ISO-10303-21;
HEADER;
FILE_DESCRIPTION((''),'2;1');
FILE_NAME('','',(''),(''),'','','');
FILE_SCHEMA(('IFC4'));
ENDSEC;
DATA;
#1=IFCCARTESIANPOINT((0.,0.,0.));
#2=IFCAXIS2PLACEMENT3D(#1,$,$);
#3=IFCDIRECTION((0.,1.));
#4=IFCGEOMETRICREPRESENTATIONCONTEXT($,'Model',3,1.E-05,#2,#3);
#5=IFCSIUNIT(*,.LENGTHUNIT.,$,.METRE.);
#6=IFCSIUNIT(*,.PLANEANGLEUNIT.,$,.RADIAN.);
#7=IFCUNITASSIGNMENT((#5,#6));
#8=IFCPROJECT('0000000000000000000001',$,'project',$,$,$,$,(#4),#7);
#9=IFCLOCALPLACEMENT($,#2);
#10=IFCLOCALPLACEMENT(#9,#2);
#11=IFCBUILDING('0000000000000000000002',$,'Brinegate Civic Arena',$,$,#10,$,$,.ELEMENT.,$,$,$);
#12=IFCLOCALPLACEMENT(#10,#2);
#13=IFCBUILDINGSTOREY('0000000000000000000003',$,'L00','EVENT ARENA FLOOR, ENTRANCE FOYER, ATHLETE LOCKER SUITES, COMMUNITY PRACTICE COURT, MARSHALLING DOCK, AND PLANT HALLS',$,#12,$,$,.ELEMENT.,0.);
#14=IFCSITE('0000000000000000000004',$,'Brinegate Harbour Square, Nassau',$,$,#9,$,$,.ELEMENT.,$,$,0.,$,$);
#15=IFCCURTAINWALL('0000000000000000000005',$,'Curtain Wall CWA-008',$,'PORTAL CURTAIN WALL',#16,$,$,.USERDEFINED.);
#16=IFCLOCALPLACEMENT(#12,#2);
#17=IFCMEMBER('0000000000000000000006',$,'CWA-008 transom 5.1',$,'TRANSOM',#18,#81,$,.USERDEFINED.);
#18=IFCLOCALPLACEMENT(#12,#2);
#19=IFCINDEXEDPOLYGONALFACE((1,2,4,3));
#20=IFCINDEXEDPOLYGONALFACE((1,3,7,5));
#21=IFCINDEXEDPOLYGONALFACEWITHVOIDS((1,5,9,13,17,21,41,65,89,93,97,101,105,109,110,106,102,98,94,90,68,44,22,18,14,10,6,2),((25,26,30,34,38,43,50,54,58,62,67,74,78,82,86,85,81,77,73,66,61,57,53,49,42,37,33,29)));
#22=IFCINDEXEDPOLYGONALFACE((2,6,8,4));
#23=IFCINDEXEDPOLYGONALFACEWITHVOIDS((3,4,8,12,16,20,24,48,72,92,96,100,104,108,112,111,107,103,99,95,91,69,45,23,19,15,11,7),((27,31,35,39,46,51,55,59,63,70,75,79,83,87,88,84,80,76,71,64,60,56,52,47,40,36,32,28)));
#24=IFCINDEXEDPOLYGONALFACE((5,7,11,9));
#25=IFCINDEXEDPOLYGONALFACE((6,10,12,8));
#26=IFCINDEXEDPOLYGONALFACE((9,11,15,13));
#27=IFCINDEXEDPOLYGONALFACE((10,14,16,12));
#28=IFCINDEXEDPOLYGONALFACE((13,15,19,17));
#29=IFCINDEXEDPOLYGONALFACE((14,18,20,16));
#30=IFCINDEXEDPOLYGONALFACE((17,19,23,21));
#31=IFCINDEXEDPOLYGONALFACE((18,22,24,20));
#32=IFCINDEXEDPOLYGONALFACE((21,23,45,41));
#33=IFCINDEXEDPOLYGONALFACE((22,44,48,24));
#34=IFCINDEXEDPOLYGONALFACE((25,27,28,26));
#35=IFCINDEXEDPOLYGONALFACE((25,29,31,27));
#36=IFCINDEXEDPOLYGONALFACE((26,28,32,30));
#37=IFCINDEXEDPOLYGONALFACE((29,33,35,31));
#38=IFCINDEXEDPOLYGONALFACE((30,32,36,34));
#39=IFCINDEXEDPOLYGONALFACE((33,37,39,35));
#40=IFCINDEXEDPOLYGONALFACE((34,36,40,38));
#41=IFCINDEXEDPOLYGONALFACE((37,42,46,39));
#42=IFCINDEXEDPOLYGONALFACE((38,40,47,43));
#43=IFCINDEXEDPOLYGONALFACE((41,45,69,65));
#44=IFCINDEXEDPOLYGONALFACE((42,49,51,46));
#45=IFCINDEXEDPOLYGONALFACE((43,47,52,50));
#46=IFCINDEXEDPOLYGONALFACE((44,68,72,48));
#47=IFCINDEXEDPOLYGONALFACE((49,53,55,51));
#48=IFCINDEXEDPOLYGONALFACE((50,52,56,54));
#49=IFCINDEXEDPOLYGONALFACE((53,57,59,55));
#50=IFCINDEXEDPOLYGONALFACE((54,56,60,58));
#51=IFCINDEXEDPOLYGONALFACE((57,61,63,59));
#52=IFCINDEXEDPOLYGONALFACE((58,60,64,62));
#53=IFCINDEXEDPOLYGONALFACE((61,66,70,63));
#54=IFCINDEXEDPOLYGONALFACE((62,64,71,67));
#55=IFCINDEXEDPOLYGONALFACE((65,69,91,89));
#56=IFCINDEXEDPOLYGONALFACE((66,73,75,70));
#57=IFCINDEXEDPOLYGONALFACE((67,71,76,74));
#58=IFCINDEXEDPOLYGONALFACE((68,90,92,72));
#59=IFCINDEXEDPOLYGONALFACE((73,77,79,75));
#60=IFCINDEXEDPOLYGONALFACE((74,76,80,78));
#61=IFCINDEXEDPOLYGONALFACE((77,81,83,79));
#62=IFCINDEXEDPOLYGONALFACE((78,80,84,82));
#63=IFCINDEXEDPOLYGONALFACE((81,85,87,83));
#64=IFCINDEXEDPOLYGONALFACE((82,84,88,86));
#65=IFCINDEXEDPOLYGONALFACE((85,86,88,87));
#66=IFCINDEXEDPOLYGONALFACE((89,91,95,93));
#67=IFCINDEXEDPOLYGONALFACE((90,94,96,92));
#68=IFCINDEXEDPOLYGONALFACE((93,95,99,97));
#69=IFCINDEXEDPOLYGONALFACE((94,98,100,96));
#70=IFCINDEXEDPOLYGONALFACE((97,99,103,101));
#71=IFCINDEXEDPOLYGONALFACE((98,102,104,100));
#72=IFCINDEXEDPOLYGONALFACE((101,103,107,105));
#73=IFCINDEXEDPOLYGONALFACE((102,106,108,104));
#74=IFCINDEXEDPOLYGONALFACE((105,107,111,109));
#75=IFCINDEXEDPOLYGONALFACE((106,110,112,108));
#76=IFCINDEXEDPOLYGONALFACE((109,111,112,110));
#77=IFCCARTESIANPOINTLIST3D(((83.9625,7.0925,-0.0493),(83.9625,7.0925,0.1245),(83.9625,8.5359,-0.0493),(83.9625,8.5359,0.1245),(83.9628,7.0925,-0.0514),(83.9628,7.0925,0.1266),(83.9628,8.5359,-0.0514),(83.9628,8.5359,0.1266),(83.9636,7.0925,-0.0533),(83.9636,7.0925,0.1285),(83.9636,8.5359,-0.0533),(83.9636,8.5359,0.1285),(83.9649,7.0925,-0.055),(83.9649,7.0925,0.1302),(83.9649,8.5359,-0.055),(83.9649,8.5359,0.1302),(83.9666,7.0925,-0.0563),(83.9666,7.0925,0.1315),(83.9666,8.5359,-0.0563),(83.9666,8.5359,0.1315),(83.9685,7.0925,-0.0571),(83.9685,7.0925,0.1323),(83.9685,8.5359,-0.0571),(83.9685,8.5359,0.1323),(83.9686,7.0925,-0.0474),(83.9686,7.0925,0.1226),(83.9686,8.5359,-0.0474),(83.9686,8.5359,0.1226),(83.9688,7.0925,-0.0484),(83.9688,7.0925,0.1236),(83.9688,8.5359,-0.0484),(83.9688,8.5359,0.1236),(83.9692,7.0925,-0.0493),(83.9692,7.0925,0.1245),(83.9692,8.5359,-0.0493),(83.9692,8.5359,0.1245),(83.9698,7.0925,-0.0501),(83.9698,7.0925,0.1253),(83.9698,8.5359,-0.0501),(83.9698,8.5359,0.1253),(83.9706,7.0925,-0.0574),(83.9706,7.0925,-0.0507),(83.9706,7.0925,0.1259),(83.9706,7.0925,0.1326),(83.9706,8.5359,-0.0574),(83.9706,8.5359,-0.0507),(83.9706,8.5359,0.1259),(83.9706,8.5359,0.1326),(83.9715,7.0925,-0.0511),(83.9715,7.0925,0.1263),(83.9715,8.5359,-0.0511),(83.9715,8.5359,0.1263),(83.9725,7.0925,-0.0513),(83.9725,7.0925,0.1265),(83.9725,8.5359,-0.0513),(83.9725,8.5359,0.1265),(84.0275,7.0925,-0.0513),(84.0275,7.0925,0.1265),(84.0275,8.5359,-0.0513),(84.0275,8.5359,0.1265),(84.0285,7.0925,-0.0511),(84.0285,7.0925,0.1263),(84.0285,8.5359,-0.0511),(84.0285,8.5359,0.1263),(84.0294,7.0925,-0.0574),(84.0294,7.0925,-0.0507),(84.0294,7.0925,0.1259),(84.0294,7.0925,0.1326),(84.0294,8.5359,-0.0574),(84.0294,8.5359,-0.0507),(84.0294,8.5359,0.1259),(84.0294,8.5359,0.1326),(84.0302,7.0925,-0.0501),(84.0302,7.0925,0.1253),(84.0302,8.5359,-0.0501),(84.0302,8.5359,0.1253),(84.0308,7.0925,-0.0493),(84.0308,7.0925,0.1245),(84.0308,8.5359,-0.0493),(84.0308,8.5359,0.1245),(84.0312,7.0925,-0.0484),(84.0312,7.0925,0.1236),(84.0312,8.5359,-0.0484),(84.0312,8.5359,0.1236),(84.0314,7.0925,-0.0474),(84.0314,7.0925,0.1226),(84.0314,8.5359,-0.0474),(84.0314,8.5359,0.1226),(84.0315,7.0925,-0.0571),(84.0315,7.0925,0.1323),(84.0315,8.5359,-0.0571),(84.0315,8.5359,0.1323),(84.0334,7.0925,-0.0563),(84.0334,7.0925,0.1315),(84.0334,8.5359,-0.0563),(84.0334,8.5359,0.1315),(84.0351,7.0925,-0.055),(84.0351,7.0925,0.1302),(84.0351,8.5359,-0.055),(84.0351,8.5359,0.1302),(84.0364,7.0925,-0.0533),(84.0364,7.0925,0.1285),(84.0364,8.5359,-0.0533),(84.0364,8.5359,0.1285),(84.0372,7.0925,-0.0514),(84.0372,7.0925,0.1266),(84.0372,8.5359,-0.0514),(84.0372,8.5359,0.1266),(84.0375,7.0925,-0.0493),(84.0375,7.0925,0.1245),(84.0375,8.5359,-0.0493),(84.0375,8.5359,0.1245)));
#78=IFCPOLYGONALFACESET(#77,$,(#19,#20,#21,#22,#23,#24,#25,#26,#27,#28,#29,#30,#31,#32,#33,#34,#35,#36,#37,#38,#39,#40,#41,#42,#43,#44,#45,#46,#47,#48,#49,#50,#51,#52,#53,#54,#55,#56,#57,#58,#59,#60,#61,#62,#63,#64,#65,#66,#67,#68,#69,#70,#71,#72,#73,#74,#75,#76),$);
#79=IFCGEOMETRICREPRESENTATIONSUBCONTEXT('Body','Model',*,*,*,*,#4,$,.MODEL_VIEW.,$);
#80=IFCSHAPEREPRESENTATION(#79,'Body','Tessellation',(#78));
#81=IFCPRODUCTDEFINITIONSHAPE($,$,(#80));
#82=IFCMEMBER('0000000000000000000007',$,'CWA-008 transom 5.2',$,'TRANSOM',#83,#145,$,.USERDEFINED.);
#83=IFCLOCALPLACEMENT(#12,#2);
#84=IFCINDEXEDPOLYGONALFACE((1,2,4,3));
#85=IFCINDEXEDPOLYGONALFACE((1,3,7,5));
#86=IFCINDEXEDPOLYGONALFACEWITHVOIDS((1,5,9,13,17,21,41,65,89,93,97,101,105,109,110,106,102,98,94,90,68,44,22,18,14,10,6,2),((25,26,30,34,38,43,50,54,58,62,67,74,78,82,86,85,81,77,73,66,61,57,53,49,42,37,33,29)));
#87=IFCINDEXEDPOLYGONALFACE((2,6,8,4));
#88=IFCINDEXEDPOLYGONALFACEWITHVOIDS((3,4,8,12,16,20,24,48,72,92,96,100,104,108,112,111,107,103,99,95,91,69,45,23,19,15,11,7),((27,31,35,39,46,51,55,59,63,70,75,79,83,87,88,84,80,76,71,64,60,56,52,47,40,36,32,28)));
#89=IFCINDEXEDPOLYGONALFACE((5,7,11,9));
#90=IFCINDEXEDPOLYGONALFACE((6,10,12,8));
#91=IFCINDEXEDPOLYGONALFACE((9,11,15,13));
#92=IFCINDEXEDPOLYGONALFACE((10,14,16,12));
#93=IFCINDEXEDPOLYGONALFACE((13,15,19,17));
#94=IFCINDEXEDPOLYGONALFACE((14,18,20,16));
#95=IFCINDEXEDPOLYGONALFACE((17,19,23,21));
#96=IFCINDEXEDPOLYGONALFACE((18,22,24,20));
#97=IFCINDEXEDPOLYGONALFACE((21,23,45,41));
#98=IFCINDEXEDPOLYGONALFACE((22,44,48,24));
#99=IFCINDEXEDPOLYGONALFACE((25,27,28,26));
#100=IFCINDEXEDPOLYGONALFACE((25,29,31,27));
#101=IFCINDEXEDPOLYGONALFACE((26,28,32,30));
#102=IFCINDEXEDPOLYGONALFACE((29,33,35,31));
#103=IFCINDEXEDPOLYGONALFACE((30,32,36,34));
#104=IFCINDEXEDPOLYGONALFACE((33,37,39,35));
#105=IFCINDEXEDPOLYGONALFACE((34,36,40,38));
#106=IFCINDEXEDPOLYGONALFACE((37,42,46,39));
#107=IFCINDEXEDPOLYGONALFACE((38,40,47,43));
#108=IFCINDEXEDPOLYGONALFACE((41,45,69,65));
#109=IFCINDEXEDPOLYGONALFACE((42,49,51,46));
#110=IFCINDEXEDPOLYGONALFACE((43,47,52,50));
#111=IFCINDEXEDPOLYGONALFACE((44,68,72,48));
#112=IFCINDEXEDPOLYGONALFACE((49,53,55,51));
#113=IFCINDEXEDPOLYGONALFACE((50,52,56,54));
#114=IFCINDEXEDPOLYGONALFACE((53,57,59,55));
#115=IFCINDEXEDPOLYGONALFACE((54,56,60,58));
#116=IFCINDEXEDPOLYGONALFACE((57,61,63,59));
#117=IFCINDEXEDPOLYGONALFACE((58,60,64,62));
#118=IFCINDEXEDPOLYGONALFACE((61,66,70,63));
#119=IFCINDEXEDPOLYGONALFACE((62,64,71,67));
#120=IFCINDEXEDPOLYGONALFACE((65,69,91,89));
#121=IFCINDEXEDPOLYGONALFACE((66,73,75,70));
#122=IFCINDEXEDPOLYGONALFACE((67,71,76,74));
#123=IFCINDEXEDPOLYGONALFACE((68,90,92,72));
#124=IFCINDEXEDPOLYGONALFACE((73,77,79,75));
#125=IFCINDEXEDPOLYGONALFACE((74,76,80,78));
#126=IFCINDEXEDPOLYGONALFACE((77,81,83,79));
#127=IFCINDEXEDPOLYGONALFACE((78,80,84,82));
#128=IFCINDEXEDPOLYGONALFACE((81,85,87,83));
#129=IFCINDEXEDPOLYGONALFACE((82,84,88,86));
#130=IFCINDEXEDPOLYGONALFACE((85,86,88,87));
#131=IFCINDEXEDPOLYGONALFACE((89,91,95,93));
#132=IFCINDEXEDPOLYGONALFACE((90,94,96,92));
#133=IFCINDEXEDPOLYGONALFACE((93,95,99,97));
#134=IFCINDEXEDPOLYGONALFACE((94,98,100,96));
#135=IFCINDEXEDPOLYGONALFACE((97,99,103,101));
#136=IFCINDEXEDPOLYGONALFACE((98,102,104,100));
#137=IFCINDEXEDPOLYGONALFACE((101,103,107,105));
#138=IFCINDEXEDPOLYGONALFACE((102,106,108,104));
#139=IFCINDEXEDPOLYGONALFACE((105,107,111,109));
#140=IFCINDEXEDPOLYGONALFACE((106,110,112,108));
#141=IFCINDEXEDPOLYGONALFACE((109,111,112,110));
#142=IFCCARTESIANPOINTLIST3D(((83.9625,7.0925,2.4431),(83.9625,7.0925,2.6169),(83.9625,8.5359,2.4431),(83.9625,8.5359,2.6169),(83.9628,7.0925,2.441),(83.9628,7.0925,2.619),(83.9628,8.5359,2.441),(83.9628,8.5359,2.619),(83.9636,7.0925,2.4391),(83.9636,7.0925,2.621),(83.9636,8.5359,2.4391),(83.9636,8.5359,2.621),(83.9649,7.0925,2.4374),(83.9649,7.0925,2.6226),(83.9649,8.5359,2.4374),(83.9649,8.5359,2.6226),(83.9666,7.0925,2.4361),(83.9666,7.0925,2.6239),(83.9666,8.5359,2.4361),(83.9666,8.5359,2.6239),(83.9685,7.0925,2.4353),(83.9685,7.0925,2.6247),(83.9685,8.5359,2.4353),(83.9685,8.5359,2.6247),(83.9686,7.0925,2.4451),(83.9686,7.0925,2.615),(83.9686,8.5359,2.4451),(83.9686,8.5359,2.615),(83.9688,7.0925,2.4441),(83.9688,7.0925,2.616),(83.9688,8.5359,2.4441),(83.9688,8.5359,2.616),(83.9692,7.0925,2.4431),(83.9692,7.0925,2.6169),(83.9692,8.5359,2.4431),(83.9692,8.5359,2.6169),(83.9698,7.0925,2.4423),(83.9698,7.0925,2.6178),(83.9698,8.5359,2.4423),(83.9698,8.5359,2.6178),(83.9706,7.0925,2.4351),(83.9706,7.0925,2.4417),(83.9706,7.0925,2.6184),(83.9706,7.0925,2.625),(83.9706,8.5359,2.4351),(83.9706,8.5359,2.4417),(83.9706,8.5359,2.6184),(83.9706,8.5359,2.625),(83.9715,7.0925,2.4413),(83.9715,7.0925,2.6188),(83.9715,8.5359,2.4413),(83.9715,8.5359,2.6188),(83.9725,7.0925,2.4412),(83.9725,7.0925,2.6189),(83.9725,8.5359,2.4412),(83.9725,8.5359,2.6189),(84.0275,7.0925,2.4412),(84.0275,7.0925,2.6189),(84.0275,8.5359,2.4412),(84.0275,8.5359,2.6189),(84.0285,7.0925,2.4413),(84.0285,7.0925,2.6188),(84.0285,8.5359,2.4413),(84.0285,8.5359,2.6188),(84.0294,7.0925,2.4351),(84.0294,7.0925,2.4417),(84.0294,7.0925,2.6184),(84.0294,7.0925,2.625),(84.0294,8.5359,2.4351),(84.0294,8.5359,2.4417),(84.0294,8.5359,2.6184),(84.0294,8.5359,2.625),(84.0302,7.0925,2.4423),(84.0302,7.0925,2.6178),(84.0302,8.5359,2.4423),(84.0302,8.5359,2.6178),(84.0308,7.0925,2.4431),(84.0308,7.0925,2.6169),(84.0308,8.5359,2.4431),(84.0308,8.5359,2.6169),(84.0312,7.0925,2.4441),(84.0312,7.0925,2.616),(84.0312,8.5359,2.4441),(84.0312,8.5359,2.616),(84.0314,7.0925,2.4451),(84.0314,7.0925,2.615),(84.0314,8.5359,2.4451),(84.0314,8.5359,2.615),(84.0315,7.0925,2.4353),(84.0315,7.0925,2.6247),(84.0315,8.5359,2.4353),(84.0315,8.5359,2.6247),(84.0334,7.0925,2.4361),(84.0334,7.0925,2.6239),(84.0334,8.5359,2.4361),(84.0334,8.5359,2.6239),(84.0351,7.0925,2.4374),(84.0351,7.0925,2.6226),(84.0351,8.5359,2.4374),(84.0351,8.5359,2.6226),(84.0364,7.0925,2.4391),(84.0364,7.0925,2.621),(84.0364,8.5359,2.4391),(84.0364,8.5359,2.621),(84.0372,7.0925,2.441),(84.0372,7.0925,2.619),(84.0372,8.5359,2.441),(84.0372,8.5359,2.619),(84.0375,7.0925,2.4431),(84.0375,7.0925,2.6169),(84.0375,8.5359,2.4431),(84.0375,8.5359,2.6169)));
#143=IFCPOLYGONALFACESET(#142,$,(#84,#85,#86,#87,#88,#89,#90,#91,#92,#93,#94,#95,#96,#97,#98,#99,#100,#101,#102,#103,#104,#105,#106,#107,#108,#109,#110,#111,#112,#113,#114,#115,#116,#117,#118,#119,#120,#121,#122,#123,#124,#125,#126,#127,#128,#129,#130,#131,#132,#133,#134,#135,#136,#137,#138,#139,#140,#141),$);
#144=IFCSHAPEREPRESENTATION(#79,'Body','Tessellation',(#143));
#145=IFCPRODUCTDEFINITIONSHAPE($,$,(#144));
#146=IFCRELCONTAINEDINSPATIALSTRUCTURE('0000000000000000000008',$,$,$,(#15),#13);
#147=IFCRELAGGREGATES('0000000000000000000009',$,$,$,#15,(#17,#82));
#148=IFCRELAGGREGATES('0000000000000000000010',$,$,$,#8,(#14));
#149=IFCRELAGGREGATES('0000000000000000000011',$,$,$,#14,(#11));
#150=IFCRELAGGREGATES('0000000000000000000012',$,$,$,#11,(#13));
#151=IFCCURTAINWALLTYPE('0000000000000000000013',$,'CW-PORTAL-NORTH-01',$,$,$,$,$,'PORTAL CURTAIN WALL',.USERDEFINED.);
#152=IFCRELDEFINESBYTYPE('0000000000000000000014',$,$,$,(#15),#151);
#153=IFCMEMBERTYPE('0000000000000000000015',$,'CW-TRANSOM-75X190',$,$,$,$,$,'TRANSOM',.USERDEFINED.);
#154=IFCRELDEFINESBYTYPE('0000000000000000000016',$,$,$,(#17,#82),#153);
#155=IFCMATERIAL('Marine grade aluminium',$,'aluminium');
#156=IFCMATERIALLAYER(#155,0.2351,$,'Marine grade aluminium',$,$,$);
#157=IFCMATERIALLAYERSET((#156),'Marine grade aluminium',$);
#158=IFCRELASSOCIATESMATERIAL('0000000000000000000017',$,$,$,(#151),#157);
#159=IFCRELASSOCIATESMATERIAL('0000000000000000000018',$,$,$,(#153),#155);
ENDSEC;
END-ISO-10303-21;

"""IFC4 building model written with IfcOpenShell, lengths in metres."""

from ifc_helpers import new_model, si_unit, direction, frame, origin, origin_2d, place, context, subcontext, project, spatial, hollow_rectangle, extrude, material, layer, layer_set, material_profile, profile_set, type_object, element, aggregate, save


model = new_model("IFC4")

# Units and contexts
model_context = context("Model", 3, precision=1e-05, world=origin(), true_north=direction((0.0, 1.0)))
body_context = subcontext(model_context, "Body", "Model", "MODEL_VIEW")
ifc_project = project(units=[si_unit("LENGTHUNIT", "METRE"), si_unit("PLANEANGLEUNIT", "RADIAN")], contexts=[model_context])

# Site, building, storey
site_placement = place(None, origin())
site = spatial("IfcSite", under=ifc_project, at=site_placement, Name="Brinegate Harbour Square, Nassau", CompositionType="ELEMENT", RefElevation=0.0)
building_placement = place(site_placement, origin())
building = spatial("IfcBuilding", under=site, at=building_placement, Name="Brinegate Civic Arena", CompositionType="ELEMENT")
storey_placement = place(building_placement, origin())
storey = spatial("IfcBuildingStorey", under=building, at=storey_placement, Name="L00", Description="EVENT ARENA FLOOR, ENTRANCE FOYER, ATHLETE LOCKER SUITES, COMMUNITY PRACTICE COURT, MARSHALLING DOCK, AND PLANT HALLS", CompositionType="ELEMENT", Elevation=0.0)

# Curtain wall, members
ifc_material_1 = material(Name="Marine grade aluminium", Category="aluminium")
ifc_layer_1 = layer(ifc_material_1, 0.2351, Name="Marine grade aluminium")
ifc_layer_set_1 = layer_set([ifc_layer_1], Name="Marine grade aluminium")
curtain_wall_type = type_object("IfcCurtainWallType", Name="CW-PORTAL-NORTH-01", ElementType="PORTAL CURTAIN WALL", PredefinedType="USERDEFINED", material=ifc_layer_set_1)
curtain_wall_placement = place(storey_placement, origin())
curtain_wall = element("IfcCurtainWall", 1, at=curtain_wall_placement, inside=storey, type_object=curtain_wall_type, Name="Curtain Wall CWA-008", ObjectType="PORTAL CURTAIN WALL", PredefinedType="USERDEFINED")
ifc_material_profile_1 = material_profile(ifc_material_1, hollow_rectangle(XDim=0.075, YDim=0.1899, WallThickness=0.0061, InnerFilletRadius=0.0039, OuterFilletRadius=0.0081, at=origin_2d()), Name="TRN75X190")
ifc_profile_set_1 = profile_set([ifc_material_profile_1], Name="Marine grade aluminium")
member_type_1 = type_object("IfcMemberType", Name="CW-TRANSOM-75X190", ElementType="TRANSOM", PredefinedType="USERDEFINED", material=ifc_profile_set_1)
member_1_placement = place(storey_placement, frame((84.0, 7.0925, 0.0376), z_axis=(0.0, 1.0, 0.0), x_axis=(-1.0, 0.0, 0.0)))
member_1 = element("IfcMember", 2, at=member_1_placement, type_object=member_type_1, Name="CWA-008 transom 5.1", ObjectType="TRANSOM", PredefinedType="USERDEFINED", context=body_context, shape_type="SweptSolid", body=[
    extrude(hollow_rectangle(XDim=0.075, YDim=0.1899, WallThickness=0.0061, InnerFilletRadius=0.0039, OuterFilletRadius=0.0081, at=origin_2d()), origin(), (0.0, 0.0, 1.0), 1.4434),
])
member_2_placement = place(storey_placement, frame((84.0, 7.0925, 2.53), z_axis=(0.0, 1.0, 0.0), x_axis=(-1.0, 0.0, 0.0)))
member_2 = element("IfcMember", 3, at=member_2_placement, type_object=member_type_1, Name="CWA-008 transom 5.2", ObjectType="TRANSOM", PredefinedType="USERDEFINED", context=body_context, shape_type="SweptSolid", body=[
    extrude(hollow_rectangle(XDim=0.075, YDim=0.1899, WallThickness=0.0061, InnerFilletRadius=0.0039, OuterFilletRadius=0.0081, at=origin_2d()), origin(), (0.0, 0.0, 1.0), 1.4434),
])
aggregate(curtain_wall, [member_1, member_2])

save(model, "model.ifc")
